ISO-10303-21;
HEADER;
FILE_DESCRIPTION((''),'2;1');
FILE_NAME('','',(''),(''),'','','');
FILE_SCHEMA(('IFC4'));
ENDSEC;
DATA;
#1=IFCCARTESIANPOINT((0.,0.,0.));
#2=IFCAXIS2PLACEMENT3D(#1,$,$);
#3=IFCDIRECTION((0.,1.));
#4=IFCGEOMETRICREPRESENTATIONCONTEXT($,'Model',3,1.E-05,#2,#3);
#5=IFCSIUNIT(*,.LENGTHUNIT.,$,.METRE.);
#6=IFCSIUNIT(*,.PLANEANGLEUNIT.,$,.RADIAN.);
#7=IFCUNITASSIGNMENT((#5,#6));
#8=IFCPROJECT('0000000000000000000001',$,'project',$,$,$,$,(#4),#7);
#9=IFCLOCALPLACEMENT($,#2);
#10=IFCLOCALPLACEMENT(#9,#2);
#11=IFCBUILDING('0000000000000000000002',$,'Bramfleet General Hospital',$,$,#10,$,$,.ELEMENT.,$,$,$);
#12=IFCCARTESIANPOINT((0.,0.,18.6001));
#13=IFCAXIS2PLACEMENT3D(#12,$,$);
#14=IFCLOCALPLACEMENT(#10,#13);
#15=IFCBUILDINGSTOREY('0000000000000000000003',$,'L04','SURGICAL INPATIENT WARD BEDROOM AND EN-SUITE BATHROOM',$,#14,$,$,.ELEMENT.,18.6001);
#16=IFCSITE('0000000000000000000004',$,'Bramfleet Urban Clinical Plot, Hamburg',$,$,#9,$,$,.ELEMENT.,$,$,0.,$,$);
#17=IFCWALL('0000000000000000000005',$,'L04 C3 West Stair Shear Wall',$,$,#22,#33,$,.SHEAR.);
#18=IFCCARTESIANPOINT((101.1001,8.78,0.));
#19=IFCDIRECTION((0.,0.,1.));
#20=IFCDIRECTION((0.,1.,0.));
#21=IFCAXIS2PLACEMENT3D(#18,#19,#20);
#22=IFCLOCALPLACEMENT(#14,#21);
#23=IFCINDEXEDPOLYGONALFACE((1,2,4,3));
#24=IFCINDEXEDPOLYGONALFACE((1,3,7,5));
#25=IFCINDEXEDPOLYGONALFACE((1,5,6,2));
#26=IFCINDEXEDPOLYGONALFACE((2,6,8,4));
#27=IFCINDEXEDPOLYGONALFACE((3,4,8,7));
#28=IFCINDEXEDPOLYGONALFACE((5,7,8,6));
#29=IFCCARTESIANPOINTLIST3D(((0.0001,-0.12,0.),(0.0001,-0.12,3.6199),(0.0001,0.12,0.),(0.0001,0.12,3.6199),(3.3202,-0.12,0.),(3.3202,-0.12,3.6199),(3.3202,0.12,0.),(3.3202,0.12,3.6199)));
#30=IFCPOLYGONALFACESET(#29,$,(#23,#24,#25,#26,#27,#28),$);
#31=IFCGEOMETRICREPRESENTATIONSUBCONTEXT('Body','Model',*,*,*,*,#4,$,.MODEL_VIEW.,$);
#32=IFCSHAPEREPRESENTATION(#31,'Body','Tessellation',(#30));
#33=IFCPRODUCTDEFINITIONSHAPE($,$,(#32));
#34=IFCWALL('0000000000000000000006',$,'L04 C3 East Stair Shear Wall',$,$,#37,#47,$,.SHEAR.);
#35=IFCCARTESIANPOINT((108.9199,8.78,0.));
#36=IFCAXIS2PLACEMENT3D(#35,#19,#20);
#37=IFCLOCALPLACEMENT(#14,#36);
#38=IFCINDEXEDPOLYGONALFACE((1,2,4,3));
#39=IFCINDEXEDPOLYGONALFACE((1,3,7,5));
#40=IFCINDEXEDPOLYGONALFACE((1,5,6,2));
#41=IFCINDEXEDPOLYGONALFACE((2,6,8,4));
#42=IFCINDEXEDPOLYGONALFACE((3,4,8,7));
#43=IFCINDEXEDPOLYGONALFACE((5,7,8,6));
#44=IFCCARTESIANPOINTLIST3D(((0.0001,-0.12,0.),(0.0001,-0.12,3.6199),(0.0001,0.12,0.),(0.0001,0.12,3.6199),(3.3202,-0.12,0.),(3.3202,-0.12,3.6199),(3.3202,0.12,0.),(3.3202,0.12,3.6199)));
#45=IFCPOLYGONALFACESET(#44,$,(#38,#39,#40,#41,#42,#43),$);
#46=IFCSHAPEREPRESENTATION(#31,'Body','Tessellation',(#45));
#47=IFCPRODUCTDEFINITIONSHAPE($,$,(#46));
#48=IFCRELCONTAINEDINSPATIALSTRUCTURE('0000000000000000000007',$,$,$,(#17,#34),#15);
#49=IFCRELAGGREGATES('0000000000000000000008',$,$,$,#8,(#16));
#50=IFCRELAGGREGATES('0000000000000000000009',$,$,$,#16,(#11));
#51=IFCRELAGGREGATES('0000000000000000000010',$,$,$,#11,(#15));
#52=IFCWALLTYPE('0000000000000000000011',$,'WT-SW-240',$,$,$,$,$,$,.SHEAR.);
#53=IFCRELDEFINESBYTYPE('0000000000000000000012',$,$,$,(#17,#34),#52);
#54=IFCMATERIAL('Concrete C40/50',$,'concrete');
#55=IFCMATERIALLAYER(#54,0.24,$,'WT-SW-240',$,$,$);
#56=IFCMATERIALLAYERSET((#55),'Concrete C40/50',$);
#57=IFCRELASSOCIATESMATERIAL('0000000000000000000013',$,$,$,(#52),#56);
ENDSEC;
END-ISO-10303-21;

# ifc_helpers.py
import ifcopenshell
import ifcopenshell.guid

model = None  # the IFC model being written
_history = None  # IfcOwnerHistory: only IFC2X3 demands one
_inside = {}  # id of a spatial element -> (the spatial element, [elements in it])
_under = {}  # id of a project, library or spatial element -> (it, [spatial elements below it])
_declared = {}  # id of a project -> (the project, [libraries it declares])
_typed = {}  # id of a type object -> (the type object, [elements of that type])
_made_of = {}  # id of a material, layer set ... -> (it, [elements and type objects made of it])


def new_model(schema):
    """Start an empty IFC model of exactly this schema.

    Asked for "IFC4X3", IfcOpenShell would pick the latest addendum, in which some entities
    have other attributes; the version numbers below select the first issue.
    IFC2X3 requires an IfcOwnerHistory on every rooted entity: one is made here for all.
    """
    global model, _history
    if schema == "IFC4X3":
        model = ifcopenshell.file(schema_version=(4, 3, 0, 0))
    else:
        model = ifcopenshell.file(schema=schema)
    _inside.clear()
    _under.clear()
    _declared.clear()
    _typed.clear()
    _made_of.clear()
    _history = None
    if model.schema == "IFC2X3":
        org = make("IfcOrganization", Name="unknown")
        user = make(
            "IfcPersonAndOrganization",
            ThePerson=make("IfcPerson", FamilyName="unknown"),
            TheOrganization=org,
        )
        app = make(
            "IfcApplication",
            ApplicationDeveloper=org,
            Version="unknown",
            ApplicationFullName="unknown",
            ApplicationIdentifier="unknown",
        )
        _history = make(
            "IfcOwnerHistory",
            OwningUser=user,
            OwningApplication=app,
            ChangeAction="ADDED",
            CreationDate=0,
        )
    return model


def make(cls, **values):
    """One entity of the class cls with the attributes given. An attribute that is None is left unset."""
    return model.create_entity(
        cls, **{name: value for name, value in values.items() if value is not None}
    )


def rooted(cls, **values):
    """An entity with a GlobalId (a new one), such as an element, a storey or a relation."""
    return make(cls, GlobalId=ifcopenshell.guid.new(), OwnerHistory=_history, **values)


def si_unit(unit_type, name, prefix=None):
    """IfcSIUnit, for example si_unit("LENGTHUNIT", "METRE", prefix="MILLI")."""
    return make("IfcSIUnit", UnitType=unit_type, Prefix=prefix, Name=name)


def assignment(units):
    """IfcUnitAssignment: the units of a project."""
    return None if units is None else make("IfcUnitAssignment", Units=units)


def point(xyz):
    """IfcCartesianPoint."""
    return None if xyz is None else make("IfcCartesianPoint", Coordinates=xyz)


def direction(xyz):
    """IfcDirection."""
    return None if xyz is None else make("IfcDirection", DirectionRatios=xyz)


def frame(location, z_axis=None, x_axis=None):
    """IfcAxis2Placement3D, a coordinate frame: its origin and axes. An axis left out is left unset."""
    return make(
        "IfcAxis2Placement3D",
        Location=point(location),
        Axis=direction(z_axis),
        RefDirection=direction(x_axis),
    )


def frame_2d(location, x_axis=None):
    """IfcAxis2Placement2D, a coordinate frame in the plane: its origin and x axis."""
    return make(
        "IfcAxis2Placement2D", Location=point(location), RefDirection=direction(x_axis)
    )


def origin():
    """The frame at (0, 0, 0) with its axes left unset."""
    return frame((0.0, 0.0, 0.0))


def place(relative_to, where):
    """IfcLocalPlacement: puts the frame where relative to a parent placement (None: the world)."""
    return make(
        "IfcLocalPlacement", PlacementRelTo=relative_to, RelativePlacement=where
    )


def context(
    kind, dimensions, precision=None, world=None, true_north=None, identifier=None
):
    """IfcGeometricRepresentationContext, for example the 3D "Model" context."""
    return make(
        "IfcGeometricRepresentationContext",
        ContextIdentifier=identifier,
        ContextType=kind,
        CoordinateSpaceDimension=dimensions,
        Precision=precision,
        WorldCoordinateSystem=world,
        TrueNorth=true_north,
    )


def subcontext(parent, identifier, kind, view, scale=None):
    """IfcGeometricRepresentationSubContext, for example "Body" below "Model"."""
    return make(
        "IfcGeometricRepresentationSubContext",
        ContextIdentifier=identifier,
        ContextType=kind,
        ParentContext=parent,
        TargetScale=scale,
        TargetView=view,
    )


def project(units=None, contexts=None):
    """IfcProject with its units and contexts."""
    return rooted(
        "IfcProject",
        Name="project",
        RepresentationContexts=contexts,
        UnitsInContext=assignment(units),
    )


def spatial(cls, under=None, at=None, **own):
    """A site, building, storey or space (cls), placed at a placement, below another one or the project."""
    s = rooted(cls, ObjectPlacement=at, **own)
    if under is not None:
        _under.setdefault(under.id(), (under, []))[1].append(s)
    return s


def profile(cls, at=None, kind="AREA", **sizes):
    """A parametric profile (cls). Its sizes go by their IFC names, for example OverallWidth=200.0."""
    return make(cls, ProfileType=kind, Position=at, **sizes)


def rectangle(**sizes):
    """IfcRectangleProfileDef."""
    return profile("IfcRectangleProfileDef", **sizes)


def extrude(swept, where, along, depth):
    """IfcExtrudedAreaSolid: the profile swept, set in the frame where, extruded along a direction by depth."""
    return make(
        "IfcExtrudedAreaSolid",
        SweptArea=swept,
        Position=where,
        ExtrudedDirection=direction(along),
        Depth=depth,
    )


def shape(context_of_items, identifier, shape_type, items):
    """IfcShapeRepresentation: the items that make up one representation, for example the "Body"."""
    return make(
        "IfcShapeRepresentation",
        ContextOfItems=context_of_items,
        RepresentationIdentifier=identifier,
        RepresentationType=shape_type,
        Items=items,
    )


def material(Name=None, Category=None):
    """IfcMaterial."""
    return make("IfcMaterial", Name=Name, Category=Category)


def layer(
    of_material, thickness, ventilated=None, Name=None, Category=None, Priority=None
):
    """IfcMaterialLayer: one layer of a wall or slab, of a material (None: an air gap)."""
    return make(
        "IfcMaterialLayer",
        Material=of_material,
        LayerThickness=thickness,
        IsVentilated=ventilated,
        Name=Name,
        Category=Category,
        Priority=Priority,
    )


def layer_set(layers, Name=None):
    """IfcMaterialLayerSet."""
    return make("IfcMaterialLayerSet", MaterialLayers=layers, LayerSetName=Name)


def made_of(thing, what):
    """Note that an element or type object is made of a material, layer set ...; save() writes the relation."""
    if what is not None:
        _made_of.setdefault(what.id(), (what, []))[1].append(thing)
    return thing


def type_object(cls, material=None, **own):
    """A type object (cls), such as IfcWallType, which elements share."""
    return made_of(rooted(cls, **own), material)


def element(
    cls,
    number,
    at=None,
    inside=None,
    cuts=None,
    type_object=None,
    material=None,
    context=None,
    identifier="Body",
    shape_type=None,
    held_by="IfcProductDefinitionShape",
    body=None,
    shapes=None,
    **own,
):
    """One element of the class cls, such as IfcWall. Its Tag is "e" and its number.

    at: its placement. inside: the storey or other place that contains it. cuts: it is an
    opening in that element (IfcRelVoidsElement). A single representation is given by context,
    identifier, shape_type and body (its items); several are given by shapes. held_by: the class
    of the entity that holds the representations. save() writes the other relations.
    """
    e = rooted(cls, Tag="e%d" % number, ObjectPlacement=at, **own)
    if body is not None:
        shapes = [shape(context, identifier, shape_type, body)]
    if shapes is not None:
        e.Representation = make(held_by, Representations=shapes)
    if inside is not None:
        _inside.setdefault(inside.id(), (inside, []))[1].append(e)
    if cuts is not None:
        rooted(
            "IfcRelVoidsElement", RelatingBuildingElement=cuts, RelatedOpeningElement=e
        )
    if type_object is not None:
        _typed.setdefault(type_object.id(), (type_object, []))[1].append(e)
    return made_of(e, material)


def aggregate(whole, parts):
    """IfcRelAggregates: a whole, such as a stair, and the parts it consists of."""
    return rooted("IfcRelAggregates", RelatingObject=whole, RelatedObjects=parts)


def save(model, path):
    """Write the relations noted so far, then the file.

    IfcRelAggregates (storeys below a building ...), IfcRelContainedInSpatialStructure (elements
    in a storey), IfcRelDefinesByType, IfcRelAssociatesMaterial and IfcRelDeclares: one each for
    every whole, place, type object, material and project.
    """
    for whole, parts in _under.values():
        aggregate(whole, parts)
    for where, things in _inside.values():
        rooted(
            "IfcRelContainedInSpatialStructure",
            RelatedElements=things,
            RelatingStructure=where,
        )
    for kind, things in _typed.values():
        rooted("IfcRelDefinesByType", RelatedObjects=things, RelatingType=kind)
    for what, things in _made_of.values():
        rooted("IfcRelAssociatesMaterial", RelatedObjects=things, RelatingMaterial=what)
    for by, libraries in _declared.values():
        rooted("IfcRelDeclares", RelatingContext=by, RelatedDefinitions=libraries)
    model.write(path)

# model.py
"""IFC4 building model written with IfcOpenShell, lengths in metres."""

from ifc_helpers import new_model, si_unit, direction, frame, frame_2d, origin, place, context, subcontext, project, spatial, rectangle, extrude, material, layer, layer_set, type_object, element, save


model = new_model("IFC4")

# Units and contexts
model_context = context("Model", 3, precision=1e-05, world=origin(), true_north=direction((0.0, 1.0)))
body_context = subcontext(model_context, "Body", "Model", "MODEL_VIEW")
ifc_project = project(units=[si_unit("LENGTHUNIT", "METRE"), si_unit("PLANEANGLEUNIT", "RADIAN")], contexts=[model_context])

# Site, building, storey
site_placement = place(None, origin())
site = spatial("IfcSite", under=ifc_project, at=site_placement, Name="Bramfleet Urban Clinical Plot, Hamburg", CompositionType="ELEMENT", RefElevation=0.0)
building_placement = place(site_placement, origin())
building = spatial("IfcBuilding", under=site, at=building_placement, Name="Bramfleet General Hospital", CompositionType="ELEMENT")
storey_placement = place(building_placement, frame((0.0, 0.0, 18.6001)))
storey = spatial("IfcBuildingStorey", under=building, at=storey_placement, Name="L04", Description="SURGICAL INPATIENT WARD BEDROOM AND EN-SUITE BATHROOM", CompositionType="ELEMENT", Elevation=18.6001)

# Shared definitions
ifc_material_1 = material(Name="Concrete C40/50", Category="concrete")

# Walls
ifc_layer_1 = layer(ifc_material_1, 0.24, Name="WT-SW-240")
ifc_layer_set_1 = layer_set([ifc_layer_1], Name="Concrete C40/50")
wall_type_1 = type_object("IfcWallType", Name="WT-SW-240", PredefinedType="SHEAR", material=ifc_layer_set_1)
for number, where, z_axis, x_axis, name in (
    (1, (101.1001, 8.78, 0.0), (0.0, 0.0, 1.0), (0.0, 1.0, 0.0), "L04 C3 West Stair Shear Wall"),
    (2, (108.9199, 8.78, 0.0), (0.0, 0.0, 1.0), (0.0, 1.0, 0.0), "L04 C3 East Stair Shear Wall"),
):
    element("IfcWall", number, at=place(storey_placement, frame(where, z_axis=z_axis, x_axis=x_axis)), inside=storey, type_object=wall_type_1, Name=name, PredefinedType="SHEAR", context=body_context, shape_type="SweptSolid", body=[
        extrude(rectangle(XDim=3.3201, YDim=0.24, at=frame_2d((1.6602, 0.0))), origin(), (0.0, 0.0, 1.0), 3.6199),
    ])

save(model, "model.ifc")
